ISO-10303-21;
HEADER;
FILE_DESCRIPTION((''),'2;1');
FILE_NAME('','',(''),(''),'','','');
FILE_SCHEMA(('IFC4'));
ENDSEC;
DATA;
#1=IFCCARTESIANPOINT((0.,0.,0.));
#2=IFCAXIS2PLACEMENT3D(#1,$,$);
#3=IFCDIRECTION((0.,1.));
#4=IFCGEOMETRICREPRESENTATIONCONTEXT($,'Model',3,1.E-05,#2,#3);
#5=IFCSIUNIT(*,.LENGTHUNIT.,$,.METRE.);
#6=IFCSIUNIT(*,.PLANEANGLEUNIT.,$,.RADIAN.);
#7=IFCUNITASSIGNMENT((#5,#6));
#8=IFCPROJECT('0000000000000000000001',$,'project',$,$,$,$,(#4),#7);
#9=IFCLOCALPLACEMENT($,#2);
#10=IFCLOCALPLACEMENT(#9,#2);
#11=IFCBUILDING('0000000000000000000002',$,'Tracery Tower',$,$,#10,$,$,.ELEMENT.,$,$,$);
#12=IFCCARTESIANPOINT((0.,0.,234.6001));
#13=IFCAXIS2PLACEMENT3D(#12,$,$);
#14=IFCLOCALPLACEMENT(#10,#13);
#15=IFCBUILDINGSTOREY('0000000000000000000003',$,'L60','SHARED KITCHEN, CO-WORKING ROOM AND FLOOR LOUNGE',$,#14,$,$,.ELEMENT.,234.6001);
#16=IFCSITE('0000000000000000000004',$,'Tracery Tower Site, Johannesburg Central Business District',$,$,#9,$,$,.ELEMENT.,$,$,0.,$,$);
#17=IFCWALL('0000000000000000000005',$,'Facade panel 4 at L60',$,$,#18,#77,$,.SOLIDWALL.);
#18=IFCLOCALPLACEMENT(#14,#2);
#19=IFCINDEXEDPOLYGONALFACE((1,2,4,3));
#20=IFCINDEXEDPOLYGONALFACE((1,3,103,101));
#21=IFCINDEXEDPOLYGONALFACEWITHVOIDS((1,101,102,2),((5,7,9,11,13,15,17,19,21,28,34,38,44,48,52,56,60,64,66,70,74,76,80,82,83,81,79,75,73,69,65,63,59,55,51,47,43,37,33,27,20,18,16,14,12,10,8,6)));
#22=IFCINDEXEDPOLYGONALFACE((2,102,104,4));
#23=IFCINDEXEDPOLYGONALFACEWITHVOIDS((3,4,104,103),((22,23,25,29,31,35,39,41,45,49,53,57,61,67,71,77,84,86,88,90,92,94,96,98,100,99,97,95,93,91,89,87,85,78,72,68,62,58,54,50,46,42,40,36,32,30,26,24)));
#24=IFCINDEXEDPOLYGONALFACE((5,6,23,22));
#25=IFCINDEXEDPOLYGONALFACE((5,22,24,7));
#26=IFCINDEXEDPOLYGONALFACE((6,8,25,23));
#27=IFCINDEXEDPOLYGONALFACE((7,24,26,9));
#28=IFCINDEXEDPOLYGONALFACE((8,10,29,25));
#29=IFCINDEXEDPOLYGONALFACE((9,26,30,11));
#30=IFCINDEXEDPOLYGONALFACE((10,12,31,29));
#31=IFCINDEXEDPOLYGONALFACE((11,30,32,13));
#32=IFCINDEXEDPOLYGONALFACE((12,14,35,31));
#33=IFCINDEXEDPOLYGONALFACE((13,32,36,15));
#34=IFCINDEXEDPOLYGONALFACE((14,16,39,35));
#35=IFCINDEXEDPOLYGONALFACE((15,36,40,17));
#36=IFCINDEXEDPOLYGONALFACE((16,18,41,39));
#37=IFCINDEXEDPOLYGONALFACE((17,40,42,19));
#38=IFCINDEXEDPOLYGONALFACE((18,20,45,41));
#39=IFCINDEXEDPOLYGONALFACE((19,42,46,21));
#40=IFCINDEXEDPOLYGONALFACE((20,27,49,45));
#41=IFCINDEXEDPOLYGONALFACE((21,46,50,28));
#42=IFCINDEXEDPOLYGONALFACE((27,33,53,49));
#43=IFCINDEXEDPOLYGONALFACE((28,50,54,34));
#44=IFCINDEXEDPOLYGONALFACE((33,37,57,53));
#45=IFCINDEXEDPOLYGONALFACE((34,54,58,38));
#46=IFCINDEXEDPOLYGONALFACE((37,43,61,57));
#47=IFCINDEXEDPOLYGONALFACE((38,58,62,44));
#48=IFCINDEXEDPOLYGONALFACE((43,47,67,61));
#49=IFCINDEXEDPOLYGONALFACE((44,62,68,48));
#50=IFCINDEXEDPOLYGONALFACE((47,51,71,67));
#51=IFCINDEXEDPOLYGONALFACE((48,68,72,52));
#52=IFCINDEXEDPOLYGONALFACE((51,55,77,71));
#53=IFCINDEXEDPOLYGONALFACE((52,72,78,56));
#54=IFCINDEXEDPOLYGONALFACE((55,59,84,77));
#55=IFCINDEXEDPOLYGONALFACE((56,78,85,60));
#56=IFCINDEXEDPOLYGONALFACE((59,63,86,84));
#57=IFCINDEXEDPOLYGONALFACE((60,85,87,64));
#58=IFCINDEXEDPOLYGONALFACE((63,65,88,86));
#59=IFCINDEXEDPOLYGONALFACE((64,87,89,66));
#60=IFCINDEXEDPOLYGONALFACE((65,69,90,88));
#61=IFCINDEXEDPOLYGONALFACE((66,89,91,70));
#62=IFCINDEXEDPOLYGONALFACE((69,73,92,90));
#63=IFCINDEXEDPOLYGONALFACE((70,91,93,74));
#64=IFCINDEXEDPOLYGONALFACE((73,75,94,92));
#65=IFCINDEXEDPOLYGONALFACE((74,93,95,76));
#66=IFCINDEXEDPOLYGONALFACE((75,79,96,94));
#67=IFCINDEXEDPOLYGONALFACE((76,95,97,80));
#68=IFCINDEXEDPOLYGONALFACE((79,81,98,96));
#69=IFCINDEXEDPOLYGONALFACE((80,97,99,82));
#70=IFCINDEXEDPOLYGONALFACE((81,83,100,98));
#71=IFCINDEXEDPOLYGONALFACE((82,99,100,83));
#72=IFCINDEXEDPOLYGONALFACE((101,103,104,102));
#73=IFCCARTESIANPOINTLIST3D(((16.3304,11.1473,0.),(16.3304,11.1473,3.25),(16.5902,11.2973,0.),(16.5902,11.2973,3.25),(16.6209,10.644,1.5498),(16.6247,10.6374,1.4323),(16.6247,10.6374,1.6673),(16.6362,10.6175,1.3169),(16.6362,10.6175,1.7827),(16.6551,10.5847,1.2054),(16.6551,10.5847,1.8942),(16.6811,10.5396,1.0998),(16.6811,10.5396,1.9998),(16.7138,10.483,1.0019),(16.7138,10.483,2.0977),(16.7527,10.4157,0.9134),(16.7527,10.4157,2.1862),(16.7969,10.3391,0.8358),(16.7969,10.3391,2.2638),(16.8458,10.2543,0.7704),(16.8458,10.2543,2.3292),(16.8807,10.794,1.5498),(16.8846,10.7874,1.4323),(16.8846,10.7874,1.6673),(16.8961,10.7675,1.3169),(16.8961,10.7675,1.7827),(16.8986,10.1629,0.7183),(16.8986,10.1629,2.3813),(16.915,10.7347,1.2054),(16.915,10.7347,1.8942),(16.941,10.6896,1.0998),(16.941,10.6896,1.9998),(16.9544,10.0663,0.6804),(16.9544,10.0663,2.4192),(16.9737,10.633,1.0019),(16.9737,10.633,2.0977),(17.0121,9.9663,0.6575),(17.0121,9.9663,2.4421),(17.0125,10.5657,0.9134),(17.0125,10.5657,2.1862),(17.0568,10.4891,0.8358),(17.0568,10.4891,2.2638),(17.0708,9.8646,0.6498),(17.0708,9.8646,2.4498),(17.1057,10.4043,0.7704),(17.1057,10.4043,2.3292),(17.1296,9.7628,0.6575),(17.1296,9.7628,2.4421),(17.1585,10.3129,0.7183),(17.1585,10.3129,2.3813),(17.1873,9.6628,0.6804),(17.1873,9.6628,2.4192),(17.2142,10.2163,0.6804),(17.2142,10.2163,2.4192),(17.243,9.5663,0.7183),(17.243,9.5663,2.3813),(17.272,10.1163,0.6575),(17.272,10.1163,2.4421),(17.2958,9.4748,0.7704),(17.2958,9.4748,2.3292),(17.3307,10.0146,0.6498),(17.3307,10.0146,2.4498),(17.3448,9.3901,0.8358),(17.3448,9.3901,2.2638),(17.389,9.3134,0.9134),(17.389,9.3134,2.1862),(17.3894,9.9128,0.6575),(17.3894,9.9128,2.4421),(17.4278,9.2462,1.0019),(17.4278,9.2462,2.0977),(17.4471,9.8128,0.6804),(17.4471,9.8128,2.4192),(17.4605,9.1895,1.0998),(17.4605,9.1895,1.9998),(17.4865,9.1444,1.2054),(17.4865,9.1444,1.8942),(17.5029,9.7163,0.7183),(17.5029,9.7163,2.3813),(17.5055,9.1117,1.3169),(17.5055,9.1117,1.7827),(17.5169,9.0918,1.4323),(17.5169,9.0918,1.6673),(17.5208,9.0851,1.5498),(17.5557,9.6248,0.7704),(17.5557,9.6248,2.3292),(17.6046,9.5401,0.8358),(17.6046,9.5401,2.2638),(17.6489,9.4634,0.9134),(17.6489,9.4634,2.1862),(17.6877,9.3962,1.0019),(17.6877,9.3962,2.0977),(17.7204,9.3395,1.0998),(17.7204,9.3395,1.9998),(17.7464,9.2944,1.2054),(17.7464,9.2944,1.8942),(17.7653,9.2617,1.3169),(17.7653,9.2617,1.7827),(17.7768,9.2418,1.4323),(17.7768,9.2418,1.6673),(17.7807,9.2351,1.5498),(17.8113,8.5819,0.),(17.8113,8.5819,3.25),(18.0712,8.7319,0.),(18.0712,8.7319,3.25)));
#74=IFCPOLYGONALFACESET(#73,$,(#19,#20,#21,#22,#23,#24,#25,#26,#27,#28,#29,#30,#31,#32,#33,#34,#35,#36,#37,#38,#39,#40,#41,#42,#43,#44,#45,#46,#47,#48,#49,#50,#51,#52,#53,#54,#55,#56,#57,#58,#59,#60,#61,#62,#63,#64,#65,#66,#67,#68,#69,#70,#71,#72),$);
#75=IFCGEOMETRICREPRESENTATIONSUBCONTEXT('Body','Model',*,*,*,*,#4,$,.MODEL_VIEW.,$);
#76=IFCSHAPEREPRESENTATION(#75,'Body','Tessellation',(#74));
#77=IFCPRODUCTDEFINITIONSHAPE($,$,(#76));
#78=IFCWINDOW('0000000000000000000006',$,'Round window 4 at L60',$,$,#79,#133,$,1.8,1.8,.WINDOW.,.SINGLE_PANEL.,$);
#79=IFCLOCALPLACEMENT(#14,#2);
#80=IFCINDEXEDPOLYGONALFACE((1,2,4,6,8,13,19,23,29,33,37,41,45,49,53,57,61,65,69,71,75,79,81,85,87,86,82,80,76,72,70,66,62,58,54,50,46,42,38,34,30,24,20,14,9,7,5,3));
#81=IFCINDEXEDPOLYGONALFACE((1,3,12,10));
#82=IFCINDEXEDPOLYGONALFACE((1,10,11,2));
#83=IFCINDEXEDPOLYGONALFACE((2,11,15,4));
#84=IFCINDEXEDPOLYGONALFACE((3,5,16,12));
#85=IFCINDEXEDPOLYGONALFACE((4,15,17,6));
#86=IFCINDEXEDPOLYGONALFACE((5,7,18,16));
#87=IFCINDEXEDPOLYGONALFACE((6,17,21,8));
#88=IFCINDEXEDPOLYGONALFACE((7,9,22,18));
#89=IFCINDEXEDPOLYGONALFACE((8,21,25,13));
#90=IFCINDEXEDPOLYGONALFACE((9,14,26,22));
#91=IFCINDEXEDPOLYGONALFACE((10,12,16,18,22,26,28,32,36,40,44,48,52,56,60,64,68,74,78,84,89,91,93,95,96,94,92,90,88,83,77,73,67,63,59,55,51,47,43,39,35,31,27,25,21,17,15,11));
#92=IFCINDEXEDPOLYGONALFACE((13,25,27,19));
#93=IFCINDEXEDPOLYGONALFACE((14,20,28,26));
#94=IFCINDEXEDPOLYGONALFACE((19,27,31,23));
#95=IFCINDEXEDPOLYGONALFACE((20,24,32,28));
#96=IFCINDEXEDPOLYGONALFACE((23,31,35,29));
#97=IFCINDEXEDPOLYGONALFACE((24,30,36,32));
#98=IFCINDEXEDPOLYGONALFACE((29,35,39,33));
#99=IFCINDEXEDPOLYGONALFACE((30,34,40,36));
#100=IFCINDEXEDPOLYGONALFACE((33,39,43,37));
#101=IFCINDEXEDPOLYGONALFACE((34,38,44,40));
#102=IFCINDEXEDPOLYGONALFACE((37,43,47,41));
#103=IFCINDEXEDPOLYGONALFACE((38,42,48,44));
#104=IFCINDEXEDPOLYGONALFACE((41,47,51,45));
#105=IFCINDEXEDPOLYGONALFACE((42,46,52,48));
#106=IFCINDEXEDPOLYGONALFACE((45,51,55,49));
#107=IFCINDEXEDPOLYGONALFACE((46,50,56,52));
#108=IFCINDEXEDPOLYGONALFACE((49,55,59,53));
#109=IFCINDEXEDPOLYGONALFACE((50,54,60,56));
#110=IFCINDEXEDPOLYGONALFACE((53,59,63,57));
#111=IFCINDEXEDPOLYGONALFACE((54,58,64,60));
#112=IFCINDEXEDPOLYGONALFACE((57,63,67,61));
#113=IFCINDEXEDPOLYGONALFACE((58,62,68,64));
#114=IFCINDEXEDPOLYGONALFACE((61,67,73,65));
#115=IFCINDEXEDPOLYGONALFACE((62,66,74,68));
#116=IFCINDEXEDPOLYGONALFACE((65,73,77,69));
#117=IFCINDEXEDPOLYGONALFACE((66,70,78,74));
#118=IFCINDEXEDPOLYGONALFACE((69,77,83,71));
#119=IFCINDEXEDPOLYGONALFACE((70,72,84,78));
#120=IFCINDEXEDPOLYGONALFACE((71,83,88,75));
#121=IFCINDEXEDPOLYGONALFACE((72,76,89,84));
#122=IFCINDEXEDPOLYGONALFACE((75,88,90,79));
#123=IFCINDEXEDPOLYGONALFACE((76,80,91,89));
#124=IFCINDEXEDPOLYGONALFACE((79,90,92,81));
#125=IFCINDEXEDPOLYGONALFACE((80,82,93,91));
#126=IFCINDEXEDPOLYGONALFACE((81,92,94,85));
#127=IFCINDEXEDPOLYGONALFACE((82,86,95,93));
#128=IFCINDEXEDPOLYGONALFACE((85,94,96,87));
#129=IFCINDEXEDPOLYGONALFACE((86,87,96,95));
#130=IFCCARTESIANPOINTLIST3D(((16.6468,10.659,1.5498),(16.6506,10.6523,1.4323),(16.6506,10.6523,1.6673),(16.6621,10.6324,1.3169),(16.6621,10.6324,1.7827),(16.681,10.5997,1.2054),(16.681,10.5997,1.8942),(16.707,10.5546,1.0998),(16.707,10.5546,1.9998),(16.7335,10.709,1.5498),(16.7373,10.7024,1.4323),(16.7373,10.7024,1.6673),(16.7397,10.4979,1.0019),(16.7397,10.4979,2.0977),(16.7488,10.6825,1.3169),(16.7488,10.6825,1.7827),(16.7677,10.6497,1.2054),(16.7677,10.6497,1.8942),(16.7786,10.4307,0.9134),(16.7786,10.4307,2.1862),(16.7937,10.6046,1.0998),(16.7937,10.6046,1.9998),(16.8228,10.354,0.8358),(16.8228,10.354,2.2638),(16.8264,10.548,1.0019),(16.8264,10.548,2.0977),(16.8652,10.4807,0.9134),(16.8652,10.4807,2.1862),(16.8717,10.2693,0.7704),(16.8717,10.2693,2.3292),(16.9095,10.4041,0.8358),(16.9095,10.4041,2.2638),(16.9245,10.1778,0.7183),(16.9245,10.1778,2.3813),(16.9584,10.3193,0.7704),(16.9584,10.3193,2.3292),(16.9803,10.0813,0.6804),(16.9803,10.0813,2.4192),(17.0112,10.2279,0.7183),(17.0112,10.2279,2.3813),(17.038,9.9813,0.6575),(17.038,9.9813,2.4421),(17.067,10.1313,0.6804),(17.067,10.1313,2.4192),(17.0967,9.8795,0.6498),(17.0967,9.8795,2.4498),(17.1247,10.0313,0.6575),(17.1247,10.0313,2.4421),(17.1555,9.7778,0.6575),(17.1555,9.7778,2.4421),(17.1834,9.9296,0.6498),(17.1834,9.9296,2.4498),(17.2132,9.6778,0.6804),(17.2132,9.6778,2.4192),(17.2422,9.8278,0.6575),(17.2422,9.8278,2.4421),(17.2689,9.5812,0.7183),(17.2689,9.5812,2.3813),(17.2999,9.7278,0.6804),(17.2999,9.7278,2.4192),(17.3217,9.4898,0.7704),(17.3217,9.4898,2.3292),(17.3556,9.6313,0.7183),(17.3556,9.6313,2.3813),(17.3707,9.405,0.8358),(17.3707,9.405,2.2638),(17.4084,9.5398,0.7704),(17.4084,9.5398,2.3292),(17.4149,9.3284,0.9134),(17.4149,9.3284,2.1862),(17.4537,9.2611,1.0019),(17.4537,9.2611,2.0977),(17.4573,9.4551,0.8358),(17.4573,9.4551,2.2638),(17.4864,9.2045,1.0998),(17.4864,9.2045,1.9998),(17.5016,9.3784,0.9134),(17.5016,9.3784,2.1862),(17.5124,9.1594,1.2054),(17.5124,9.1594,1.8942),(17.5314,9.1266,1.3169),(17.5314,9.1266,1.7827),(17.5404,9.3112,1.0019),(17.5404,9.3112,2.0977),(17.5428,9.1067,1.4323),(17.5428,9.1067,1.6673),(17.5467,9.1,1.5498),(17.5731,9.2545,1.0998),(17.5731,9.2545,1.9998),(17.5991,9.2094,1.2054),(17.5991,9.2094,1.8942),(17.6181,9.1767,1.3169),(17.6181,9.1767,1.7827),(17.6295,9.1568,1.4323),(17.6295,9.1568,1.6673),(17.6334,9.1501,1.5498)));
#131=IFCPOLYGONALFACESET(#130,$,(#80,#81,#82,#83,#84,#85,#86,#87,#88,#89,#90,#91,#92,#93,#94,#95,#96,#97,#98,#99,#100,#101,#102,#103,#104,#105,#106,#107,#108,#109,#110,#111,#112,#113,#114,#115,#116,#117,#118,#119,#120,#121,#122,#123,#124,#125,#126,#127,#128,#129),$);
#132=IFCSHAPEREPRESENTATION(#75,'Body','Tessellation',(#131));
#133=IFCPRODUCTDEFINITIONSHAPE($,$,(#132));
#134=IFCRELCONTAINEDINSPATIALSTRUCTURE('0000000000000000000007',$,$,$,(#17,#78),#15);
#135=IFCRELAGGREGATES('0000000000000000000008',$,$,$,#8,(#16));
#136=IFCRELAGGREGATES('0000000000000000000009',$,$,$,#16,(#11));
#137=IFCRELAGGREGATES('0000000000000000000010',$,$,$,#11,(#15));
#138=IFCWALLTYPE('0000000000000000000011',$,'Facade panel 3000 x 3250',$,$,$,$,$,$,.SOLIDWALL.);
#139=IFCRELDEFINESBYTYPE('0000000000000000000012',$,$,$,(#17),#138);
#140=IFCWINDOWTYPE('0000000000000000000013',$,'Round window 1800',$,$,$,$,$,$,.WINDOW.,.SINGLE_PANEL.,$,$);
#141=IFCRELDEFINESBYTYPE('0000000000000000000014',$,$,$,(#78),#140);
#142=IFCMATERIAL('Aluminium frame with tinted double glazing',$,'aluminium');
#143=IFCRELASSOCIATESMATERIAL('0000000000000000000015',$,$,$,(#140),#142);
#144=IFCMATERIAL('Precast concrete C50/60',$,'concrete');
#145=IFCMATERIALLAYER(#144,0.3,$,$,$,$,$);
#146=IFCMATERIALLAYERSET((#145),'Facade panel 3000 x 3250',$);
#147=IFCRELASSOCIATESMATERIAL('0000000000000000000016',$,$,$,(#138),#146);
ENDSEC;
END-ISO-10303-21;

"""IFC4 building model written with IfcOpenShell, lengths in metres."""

from ifc_helpers import new_model, si_unit, direction, frame, frame_2d, origin, origin_2d, place, context, subcontext, project, spatial, rectangle, circle, extrude, material, layer, layer_set, type_object, element, fill, save


model = new_model("IFC4")

# Units and contexts
model_context = context("Model", 3, precision=1e-05, world=origin(), true_north=direction((0.0, 1.0)))
body_context = subcontext(model_context, "Body", "Model", "MODEL_VIEW")
ifc_project = project(units=[si_unit("LENGTHUNIT", "METRE"), si_unit("PLANEANGLEUNIT", "RADIAN")], contexts=[model_context])

# Site, building, storey
site_placement = place(None, origin())
site = spatial("IfcSite", under=ifc_project, at=site_placement, Name="Tracery Tower Site, Johannesburg Central Business District", CompositionType="ELEMENT", RefElevation=0.0)
building_placement = place(site_placement, origin())
building = spatial("IfcBuilding", under=site, at=building_placement, Name="Tracery Tower", CompositionType="ELEMENT")
storey_placement = place(building_placement, frame((0.0, 0.0, 234.6001)))
storey = spatial("IfcBuildingStorey", under=building, at=storey_placement, Name="L60", Description="SHARED KITCHEN, CO-WORKING ROOM AND FLOOR LOUNGE", CompositionType="ELEMENT", Elevation=234.6001)

# Wall, opening, window
ifc_material_1 = material(Name="Aluminium frame with tinted double glazing", Category="aluminium")
window_type = type_object("IfcWindowType", Name="Round window 1800", PartitioningType="SINGLE_PANEL", PredefinedType="WINDOW", material=ifc_material_1)
ifc_material_2 = material(Name="Precast concrete C50/60", Category="concrete")
ifc_layer_1 = layer(ifc_material_2, 0.3)
ifc_layer_set_1 = layer_set([ifc_layer_1], Name="Facade panel 3000 x 3250")
wall_type_1 = type_object("IfcWallType", Name="Facade panel 3000 x 3250", PredefinedType="SOLIDWALL", material=ifc_layer_set_1)
wall_1_placement = place(storey_placement, frame((17.9412, 8.657, 0.0), z_axis=(0.0, 0.0, 1.0), x_axis=(-0.499951, 0.866054, 0.0)))
wall_1 = element("IfcWall", 1, at=wall_1_placement, inside=storey, type_object=wall_type_1, Name="Facade panel 4 at L60", PredefinedType="SOLIDWALL", context=body_context, shape_type="SweptSolid", body=[
    extrude(rectangle(XDim=2.9622, YDim=0.3, at=frame_2d((1.481, 0.0))), origin(), (0.0, 0.0, 1.0), 3.25),
])
opening_1_placement = place(wall_1_placement, frame((1.481, 0.0, 1.5498)))
opening_1 = element("IfcOpeningElement", 2, at=opening_1_placement, cuts=wall_1, PredefinedType="OPENING", context=body_context, shape_type="SweptSolid", body=[
    extrude(circle(Radius=0.9, at=origin_2d()), frame((0.0, 0.1599, 0.0), z_axis=(0.0, -1.0, 0.0), x_axis=(1.0, 0.0, 0.0)), (0.0, 0.0, 1.0), 0.3201),
])
window_1_placement = place(opening_1_placement, origin())
window_1 = element("IfcWindow", 3, at=window_1_placement, inside=storey, type_object=window_type, Name="Round window 4 at L60", OverallHeight=1.8, OverallWidth=1.8, PartitioningType="SINGLE_PANEL", PredefinedType="WINDOW", context=body_context, shape_type="SweptSolid", body=[
    extrude(circle(Radius=0.9, at=origin_2d()), frame((0.0, 0.1201, 0.0), z_axis=(0.0, -1.0, 0.0), x_axis=(1.0, 0.0, 0.0)), (0.0, 0.0, 1.0), 0.1001),
])
fill(opening_1, window_1)

save(model, "model.ifc")
